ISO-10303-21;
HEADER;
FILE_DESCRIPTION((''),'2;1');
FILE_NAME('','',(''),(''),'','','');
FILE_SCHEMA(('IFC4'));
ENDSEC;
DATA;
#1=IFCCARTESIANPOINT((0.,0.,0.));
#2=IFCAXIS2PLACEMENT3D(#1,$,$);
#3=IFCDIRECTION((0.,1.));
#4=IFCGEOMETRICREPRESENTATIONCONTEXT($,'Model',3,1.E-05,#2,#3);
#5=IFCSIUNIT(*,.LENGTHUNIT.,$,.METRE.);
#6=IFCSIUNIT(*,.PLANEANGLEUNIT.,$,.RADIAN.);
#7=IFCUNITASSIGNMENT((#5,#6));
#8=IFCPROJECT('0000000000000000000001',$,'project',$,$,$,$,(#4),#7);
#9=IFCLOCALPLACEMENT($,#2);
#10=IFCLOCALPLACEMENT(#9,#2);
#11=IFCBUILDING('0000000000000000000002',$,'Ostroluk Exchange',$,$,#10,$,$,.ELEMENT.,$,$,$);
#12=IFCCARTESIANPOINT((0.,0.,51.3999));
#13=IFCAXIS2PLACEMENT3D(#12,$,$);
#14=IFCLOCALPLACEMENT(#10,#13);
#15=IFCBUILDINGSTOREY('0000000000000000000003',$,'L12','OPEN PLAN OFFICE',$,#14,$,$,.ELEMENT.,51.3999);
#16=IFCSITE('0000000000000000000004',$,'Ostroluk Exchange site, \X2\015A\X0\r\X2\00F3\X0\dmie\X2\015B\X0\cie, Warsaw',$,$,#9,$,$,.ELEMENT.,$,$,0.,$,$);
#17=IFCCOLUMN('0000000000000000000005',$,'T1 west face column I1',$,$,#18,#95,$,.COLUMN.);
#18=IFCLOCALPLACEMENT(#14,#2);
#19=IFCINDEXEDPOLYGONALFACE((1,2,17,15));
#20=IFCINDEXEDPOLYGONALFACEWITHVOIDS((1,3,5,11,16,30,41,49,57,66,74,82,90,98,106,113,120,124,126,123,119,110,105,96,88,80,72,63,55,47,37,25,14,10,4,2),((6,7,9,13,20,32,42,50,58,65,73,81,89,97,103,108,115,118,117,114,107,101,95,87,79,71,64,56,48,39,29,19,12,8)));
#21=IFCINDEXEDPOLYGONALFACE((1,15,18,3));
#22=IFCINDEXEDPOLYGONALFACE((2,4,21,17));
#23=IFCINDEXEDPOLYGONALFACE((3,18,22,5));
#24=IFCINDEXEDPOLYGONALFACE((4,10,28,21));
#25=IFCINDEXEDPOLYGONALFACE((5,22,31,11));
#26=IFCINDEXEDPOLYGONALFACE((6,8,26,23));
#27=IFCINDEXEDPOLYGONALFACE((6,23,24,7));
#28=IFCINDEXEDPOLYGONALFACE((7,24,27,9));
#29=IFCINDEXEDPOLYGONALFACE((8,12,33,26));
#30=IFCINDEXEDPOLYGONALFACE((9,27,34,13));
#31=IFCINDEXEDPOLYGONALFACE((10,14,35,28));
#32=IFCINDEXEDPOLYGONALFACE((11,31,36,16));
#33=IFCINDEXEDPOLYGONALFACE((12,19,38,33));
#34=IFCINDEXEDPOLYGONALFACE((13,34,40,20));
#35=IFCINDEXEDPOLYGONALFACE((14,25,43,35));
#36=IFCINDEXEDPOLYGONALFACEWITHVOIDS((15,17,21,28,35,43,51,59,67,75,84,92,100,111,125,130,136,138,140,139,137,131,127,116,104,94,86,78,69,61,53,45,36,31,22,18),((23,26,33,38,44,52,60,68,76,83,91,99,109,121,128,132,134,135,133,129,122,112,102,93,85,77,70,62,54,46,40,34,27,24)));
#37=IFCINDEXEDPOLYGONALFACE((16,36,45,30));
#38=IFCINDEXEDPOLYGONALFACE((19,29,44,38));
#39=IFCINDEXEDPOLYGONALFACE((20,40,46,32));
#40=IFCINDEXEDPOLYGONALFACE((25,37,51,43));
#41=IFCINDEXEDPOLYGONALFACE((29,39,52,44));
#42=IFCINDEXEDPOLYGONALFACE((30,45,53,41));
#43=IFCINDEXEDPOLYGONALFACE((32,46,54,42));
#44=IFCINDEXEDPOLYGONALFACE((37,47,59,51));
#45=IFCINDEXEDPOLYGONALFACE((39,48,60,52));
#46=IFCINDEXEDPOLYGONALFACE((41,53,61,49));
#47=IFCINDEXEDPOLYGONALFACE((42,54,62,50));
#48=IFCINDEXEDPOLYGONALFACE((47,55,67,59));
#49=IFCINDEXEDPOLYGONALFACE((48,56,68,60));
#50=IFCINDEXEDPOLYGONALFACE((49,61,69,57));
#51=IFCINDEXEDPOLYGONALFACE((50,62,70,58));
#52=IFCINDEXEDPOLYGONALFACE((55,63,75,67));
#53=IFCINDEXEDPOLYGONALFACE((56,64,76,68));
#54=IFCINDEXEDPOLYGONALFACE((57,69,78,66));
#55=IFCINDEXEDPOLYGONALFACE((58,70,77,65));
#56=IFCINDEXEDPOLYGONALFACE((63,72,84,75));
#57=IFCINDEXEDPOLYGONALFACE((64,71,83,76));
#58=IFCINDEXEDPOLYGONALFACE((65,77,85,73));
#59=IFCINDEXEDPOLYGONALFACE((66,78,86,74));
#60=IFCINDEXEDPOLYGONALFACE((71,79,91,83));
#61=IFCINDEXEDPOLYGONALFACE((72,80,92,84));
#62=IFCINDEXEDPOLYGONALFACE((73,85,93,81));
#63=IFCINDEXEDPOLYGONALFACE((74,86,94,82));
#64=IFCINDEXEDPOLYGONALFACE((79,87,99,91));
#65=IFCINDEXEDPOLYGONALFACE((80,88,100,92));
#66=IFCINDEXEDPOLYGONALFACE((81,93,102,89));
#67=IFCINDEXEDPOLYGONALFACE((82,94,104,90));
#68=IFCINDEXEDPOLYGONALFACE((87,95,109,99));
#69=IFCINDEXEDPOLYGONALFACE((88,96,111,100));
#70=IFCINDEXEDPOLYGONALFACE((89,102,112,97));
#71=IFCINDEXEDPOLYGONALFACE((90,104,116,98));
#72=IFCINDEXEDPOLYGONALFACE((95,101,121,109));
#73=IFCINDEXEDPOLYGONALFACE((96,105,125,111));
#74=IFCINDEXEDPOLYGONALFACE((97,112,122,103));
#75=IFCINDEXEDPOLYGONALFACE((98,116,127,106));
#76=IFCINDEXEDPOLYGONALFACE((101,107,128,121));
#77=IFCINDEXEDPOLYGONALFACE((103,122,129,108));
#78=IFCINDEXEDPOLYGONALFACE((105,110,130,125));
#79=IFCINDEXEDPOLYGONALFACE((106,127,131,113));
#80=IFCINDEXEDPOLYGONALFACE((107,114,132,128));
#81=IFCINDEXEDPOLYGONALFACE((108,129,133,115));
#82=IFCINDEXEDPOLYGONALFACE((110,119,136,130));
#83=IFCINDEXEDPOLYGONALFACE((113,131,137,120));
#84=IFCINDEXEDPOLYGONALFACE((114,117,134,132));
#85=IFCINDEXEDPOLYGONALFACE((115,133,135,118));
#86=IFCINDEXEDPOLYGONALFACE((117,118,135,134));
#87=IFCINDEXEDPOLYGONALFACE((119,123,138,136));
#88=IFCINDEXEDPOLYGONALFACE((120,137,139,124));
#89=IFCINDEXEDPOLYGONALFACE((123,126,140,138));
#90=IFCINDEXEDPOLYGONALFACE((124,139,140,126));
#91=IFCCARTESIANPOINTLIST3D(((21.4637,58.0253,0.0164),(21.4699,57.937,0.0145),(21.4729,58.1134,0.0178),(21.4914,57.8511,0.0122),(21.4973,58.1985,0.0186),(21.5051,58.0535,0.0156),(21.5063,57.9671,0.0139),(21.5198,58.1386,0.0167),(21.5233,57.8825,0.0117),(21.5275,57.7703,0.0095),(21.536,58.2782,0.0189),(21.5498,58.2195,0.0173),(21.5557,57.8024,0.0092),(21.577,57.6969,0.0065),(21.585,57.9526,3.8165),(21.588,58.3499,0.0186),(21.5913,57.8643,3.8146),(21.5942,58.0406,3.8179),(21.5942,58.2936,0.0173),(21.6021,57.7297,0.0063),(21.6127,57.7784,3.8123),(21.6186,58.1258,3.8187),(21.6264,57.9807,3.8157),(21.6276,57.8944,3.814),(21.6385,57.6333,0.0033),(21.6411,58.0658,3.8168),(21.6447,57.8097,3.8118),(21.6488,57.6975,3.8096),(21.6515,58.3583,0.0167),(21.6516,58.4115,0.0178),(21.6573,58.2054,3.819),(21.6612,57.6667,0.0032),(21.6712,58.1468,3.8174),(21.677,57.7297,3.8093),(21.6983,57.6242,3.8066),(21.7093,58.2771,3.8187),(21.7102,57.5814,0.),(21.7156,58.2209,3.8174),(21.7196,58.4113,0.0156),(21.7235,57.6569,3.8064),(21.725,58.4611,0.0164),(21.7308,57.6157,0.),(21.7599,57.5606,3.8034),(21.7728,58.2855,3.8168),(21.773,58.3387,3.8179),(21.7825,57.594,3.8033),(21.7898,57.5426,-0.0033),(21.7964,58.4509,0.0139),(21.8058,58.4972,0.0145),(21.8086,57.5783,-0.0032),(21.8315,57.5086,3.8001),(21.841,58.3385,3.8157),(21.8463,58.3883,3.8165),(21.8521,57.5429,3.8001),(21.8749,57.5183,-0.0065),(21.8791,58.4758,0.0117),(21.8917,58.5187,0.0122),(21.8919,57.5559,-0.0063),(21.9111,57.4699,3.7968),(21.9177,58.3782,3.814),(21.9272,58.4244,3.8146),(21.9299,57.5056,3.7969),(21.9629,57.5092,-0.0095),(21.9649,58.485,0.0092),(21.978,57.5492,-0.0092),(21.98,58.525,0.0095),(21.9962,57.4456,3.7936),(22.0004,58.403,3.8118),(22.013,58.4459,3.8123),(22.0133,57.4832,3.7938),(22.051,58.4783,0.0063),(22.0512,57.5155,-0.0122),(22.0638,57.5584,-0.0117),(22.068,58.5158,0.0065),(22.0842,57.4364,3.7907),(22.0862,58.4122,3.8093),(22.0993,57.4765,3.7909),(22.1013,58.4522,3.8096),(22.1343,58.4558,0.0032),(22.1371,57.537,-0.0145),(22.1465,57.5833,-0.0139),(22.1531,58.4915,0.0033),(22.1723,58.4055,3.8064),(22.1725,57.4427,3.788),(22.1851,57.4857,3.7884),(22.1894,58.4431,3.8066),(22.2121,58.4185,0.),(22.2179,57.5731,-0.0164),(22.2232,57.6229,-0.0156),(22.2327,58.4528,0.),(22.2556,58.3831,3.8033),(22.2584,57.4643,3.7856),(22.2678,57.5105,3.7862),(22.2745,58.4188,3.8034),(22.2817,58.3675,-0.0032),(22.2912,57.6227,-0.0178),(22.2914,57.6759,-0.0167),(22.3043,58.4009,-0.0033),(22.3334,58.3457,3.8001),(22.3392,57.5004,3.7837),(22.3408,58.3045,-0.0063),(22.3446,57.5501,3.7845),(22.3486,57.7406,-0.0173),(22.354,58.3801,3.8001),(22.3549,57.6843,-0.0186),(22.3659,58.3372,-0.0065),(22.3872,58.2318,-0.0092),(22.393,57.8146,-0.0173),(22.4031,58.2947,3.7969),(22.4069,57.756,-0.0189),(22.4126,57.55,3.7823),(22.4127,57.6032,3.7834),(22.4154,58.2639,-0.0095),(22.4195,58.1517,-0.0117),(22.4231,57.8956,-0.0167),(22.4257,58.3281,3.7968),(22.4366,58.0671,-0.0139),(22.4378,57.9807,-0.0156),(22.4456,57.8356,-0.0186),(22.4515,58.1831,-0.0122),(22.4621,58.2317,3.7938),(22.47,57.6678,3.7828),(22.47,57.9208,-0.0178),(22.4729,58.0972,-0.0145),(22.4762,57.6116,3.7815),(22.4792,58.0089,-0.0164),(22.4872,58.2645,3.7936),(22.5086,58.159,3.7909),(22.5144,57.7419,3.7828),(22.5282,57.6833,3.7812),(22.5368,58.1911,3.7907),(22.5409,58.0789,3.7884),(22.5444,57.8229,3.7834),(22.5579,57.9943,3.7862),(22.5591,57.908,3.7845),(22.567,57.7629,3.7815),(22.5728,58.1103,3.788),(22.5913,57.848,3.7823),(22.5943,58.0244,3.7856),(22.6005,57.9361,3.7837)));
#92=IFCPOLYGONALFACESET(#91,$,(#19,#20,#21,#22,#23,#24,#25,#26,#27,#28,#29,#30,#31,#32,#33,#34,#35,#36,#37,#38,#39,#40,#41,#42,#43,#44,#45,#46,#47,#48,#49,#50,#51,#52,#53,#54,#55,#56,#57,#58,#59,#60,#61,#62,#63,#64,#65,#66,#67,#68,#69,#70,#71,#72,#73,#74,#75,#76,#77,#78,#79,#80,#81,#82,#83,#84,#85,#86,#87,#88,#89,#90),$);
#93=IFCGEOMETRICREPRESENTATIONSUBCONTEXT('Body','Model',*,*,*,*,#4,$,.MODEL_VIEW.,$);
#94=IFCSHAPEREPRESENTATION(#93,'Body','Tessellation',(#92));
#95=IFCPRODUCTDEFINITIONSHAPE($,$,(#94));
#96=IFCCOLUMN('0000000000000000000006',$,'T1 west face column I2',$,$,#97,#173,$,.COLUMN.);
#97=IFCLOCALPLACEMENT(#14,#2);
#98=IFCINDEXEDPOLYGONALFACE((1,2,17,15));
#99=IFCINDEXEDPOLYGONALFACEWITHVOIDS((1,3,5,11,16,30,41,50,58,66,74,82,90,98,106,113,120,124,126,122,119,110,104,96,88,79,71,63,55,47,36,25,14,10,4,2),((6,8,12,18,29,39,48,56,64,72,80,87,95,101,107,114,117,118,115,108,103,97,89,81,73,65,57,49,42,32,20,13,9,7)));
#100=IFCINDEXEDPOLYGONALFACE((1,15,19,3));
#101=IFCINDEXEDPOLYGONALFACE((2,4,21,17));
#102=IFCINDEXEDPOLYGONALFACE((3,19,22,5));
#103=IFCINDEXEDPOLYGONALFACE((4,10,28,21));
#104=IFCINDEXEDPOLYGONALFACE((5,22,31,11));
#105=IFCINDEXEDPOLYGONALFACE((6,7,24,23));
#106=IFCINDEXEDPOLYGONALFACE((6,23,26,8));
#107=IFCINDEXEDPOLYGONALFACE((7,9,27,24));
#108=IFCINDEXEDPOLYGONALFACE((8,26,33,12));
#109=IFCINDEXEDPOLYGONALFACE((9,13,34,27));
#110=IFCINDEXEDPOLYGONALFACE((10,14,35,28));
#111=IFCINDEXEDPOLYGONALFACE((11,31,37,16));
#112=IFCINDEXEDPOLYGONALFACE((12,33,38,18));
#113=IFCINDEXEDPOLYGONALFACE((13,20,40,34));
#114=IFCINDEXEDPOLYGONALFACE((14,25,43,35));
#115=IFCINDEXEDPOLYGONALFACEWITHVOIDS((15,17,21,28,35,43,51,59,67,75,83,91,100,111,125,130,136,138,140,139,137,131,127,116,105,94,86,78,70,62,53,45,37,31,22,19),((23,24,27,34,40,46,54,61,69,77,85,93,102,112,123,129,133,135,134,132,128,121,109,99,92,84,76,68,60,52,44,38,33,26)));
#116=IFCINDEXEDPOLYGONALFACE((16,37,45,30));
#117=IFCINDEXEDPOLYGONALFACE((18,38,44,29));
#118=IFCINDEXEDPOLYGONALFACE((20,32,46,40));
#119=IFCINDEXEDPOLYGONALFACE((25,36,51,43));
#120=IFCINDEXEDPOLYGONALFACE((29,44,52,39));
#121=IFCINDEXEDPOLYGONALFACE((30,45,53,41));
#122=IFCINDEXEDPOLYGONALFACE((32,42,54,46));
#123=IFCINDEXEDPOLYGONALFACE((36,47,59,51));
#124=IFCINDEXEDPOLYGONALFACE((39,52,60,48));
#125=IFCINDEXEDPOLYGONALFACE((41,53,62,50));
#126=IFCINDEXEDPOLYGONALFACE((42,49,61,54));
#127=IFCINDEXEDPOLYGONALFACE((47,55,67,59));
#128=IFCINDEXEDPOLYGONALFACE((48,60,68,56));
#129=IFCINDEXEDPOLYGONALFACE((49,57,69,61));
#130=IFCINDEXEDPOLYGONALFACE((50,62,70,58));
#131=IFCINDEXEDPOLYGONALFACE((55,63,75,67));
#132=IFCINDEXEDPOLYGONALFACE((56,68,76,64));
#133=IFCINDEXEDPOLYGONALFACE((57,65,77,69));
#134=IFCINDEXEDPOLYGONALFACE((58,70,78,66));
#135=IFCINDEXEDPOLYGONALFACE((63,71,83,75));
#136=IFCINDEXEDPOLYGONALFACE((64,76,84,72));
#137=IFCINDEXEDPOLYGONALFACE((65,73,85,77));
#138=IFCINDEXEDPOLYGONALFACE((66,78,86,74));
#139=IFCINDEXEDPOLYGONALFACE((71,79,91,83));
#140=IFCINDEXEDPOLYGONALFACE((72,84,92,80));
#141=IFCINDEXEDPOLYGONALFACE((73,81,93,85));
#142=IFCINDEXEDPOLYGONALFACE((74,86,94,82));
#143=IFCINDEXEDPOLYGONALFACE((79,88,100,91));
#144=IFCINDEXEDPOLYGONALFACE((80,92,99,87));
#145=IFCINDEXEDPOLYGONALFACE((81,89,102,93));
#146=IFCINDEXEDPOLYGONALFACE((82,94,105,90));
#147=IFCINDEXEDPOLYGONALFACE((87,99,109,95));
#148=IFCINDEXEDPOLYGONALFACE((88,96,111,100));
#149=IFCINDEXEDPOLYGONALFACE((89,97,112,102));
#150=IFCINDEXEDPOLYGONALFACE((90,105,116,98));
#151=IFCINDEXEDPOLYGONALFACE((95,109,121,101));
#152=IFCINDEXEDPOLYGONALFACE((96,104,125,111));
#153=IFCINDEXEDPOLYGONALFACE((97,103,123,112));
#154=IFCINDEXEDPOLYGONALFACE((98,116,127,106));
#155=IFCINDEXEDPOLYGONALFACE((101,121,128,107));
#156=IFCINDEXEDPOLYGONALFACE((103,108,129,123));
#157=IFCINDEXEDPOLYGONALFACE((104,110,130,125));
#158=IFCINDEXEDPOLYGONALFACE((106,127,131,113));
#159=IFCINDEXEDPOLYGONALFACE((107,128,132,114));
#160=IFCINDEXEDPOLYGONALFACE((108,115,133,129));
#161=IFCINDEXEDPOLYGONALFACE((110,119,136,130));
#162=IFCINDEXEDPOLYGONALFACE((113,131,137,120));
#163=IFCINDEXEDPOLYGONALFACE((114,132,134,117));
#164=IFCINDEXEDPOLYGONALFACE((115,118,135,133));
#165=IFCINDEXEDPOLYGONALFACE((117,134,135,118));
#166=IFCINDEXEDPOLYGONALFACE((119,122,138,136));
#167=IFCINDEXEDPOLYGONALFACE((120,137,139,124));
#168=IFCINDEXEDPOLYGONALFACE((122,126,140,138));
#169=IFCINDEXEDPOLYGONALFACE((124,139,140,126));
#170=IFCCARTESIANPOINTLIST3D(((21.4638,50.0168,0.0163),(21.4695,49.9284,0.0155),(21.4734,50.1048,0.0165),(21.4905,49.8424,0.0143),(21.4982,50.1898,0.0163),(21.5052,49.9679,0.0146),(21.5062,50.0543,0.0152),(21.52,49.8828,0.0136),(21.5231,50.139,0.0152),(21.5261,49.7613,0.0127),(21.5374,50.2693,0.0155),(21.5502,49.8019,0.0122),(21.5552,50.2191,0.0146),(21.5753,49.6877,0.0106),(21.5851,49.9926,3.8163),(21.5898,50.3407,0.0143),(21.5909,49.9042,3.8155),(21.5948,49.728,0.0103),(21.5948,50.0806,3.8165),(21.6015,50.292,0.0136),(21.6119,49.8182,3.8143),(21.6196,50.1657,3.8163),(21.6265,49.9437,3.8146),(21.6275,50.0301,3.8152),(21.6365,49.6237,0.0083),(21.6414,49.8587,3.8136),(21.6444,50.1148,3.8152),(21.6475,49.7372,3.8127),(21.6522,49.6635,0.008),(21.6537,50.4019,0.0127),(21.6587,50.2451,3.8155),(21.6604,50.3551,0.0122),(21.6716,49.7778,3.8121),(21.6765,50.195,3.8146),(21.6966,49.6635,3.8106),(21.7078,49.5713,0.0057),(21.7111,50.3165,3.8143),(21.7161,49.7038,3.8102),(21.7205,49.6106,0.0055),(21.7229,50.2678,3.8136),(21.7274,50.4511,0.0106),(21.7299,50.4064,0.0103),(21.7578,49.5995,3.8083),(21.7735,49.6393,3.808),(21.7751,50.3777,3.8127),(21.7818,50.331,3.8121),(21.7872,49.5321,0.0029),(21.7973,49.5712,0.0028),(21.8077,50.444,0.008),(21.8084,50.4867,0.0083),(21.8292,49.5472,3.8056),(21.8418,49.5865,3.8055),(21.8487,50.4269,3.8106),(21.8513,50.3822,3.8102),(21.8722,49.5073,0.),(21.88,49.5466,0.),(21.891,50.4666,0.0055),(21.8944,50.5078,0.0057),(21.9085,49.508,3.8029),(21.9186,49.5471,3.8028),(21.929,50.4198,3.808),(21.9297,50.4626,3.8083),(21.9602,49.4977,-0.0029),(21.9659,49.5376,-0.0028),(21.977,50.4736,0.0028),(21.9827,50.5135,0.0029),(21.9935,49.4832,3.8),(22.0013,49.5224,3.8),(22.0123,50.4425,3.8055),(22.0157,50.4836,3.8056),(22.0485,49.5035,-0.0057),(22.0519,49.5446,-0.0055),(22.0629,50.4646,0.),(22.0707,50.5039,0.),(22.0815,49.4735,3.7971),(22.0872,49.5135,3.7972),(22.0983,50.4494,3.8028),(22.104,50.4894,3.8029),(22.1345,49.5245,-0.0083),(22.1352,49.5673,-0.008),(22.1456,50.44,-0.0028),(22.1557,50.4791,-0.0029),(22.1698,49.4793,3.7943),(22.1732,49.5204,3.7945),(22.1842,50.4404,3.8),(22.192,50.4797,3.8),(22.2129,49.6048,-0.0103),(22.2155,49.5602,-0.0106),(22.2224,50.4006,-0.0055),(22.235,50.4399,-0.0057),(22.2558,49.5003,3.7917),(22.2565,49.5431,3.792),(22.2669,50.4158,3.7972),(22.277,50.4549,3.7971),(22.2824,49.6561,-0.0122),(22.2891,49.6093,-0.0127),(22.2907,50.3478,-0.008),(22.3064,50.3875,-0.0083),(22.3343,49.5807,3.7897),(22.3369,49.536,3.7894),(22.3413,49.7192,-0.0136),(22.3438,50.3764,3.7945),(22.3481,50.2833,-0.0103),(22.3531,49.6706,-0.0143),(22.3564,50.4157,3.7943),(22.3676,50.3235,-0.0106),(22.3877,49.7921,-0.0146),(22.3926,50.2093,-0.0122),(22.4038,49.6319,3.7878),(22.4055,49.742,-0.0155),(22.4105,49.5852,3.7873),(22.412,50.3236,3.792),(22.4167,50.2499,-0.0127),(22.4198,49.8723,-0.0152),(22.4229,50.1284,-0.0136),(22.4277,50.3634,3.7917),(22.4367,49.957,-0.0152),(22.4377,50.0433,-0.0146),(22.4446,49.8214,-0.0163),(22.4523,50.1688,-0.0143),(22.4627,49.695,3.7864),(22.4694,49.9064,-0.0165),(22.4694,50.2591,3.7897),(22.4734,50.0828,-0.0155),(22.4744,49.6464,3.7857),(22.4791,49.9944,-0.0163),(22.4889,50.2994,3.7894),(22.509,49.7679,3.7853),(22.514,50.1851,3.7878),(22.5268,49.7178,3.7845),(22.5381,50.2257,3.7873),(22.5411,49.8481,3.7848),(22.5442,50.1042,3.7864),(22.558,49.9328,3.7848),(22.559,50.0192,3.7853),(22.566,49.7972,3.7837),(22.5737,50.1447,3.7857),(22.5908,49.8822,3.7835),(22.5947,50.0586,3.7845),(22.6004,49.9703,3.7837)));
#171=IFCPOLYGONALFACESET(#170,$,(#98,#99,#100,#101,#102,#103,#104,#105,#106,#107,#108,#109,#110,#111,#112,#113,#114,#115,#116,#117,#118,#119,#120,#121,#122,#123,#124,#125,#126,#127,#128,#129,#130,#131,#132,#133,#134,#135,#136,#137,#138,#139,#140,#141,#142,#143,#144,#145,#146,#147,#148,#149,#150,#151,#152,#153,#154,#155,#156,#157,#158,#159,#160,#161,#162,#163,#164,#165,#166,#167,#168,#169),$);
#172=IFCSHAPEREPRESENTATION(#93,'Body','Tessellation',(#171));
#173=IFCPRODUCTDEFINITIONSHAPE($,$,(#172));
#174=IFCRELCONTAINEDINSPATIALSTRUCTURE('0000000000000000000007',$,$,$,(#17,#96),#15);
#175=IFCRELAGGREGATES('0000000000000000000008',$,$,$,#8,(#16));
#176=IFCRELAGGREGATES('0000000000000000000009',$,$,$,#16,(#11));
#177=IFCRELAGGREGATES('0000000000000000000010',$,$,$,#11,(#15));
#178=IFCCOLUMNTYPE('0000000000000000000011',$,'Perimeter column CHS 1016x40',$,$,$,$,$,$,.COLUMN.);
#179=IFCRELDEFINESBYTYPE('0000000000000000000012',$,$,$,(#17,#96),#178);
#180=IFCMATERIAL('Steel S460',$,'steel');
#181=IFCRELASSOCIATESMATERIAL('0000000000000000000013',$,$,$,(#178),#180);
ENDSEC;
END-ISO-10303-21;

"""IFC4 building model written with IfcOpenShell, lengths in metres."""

from ifc_helpers import new_model, si_unit, direction, frame, origin, origin_2d, place, context, subcontext, project, spatial, hollow_circle, extrude, material, material_profile, profile_set, type_object, element, save


model = new_model("IFC4")

# Units and contexts
model_context = context("Model", 3, precision=1e-05, world=origin(), true_north=direction((0.0, 1.0)))
body_context = subcontext(model_context, "Body", "Model", "MODEL_VIEW")
ifc_project = project(units=[si_unit("LENGTHUNIT", "METRE"), si_unit("PLANEANGLEUNIT", "RADIAN")], contexts=[model_context])

# Site, building, storey
site_placement = place(None, origin())
site = spatial("IfcSite", under=ifc_project, at=site_placement, Name="Ostroluk Exchange site, Śródmieście, Warsaw", CompositionType="ELEMENT", RefElevation=0.0)
building_placement = place(site_placement, origin())
building = spatial("IfcBuilding", under=site, at=building_placement, Name="Ostroluk Exchange", CompositionType="ELEMENT")
storey_placement = place(building_placement, frame((0.0, 0.0, 51.3999)))
storey = spatial("IfcBuildingStorey", under=building, at=storey_placement, Name="L12", Description="OPEN PLAN OFFICE", CompositionType="ELEMENT", Elevation=51.3999)

# Columns
ifc_material_1 = material(Name="Steel S460", Category="steel")
ifc_material_profile_1 = material_profile(ifc_material_1, hollow_circle(Radius=0.5081, WallThickness=0.04, at=origin_2d()), Name="CHS 1016x40")
ifc_profile_set_1 = profile_set([ifc_material_profile_1], Name="Steel S460")
column_type = type_object("IfcColumnType", Name="Perimeter column CHS 1016x40", PredefinedType="COLUMN", material=ifc_profile_set_1)
column_1_placement = place(storey_placement, frame((21.9714, 58.0171, 0.0), z_axis=(0.031909, -0.019132, 0.999308), x_axis=(0.514242, 0.857645, 0.0)))
element("IfcColumn", 1, at=column_1_placement, inside=storey, type_object=column_type, Name="T1 west face column I1", PredefinedType="COLUMN", context=body_context, shape_type="SweptSolid", body=[
    extrude(hollow_circle(Radius=0.5081, WallThickness=0.04, at=origin_2d()), origin(), (0.0, 0.0, 1.0), 3.8027),
])
column_2_placement = place(storey_placement, frame((21.9714, 50.0056, 0.0), z_axis=(0.031914, -0.006357, 0.99947), x_axis=(0.195357, 0.980732, 0.0)))
element("IfcColumn", 2, at=column_2_placement, inside=storey, type_object=column_type, Name="T1 west face column I2", PredefinedType="COLUMN", context=body_context, shape_type="SweptSolid", body=[
    extrude(hollow_circle(Radius=0.5081, WallThickness=0.04, at=origin_2d()), origin(), (0.0, 0.0, 1.0), 3.802),
])

save(model, "model.ifc")
